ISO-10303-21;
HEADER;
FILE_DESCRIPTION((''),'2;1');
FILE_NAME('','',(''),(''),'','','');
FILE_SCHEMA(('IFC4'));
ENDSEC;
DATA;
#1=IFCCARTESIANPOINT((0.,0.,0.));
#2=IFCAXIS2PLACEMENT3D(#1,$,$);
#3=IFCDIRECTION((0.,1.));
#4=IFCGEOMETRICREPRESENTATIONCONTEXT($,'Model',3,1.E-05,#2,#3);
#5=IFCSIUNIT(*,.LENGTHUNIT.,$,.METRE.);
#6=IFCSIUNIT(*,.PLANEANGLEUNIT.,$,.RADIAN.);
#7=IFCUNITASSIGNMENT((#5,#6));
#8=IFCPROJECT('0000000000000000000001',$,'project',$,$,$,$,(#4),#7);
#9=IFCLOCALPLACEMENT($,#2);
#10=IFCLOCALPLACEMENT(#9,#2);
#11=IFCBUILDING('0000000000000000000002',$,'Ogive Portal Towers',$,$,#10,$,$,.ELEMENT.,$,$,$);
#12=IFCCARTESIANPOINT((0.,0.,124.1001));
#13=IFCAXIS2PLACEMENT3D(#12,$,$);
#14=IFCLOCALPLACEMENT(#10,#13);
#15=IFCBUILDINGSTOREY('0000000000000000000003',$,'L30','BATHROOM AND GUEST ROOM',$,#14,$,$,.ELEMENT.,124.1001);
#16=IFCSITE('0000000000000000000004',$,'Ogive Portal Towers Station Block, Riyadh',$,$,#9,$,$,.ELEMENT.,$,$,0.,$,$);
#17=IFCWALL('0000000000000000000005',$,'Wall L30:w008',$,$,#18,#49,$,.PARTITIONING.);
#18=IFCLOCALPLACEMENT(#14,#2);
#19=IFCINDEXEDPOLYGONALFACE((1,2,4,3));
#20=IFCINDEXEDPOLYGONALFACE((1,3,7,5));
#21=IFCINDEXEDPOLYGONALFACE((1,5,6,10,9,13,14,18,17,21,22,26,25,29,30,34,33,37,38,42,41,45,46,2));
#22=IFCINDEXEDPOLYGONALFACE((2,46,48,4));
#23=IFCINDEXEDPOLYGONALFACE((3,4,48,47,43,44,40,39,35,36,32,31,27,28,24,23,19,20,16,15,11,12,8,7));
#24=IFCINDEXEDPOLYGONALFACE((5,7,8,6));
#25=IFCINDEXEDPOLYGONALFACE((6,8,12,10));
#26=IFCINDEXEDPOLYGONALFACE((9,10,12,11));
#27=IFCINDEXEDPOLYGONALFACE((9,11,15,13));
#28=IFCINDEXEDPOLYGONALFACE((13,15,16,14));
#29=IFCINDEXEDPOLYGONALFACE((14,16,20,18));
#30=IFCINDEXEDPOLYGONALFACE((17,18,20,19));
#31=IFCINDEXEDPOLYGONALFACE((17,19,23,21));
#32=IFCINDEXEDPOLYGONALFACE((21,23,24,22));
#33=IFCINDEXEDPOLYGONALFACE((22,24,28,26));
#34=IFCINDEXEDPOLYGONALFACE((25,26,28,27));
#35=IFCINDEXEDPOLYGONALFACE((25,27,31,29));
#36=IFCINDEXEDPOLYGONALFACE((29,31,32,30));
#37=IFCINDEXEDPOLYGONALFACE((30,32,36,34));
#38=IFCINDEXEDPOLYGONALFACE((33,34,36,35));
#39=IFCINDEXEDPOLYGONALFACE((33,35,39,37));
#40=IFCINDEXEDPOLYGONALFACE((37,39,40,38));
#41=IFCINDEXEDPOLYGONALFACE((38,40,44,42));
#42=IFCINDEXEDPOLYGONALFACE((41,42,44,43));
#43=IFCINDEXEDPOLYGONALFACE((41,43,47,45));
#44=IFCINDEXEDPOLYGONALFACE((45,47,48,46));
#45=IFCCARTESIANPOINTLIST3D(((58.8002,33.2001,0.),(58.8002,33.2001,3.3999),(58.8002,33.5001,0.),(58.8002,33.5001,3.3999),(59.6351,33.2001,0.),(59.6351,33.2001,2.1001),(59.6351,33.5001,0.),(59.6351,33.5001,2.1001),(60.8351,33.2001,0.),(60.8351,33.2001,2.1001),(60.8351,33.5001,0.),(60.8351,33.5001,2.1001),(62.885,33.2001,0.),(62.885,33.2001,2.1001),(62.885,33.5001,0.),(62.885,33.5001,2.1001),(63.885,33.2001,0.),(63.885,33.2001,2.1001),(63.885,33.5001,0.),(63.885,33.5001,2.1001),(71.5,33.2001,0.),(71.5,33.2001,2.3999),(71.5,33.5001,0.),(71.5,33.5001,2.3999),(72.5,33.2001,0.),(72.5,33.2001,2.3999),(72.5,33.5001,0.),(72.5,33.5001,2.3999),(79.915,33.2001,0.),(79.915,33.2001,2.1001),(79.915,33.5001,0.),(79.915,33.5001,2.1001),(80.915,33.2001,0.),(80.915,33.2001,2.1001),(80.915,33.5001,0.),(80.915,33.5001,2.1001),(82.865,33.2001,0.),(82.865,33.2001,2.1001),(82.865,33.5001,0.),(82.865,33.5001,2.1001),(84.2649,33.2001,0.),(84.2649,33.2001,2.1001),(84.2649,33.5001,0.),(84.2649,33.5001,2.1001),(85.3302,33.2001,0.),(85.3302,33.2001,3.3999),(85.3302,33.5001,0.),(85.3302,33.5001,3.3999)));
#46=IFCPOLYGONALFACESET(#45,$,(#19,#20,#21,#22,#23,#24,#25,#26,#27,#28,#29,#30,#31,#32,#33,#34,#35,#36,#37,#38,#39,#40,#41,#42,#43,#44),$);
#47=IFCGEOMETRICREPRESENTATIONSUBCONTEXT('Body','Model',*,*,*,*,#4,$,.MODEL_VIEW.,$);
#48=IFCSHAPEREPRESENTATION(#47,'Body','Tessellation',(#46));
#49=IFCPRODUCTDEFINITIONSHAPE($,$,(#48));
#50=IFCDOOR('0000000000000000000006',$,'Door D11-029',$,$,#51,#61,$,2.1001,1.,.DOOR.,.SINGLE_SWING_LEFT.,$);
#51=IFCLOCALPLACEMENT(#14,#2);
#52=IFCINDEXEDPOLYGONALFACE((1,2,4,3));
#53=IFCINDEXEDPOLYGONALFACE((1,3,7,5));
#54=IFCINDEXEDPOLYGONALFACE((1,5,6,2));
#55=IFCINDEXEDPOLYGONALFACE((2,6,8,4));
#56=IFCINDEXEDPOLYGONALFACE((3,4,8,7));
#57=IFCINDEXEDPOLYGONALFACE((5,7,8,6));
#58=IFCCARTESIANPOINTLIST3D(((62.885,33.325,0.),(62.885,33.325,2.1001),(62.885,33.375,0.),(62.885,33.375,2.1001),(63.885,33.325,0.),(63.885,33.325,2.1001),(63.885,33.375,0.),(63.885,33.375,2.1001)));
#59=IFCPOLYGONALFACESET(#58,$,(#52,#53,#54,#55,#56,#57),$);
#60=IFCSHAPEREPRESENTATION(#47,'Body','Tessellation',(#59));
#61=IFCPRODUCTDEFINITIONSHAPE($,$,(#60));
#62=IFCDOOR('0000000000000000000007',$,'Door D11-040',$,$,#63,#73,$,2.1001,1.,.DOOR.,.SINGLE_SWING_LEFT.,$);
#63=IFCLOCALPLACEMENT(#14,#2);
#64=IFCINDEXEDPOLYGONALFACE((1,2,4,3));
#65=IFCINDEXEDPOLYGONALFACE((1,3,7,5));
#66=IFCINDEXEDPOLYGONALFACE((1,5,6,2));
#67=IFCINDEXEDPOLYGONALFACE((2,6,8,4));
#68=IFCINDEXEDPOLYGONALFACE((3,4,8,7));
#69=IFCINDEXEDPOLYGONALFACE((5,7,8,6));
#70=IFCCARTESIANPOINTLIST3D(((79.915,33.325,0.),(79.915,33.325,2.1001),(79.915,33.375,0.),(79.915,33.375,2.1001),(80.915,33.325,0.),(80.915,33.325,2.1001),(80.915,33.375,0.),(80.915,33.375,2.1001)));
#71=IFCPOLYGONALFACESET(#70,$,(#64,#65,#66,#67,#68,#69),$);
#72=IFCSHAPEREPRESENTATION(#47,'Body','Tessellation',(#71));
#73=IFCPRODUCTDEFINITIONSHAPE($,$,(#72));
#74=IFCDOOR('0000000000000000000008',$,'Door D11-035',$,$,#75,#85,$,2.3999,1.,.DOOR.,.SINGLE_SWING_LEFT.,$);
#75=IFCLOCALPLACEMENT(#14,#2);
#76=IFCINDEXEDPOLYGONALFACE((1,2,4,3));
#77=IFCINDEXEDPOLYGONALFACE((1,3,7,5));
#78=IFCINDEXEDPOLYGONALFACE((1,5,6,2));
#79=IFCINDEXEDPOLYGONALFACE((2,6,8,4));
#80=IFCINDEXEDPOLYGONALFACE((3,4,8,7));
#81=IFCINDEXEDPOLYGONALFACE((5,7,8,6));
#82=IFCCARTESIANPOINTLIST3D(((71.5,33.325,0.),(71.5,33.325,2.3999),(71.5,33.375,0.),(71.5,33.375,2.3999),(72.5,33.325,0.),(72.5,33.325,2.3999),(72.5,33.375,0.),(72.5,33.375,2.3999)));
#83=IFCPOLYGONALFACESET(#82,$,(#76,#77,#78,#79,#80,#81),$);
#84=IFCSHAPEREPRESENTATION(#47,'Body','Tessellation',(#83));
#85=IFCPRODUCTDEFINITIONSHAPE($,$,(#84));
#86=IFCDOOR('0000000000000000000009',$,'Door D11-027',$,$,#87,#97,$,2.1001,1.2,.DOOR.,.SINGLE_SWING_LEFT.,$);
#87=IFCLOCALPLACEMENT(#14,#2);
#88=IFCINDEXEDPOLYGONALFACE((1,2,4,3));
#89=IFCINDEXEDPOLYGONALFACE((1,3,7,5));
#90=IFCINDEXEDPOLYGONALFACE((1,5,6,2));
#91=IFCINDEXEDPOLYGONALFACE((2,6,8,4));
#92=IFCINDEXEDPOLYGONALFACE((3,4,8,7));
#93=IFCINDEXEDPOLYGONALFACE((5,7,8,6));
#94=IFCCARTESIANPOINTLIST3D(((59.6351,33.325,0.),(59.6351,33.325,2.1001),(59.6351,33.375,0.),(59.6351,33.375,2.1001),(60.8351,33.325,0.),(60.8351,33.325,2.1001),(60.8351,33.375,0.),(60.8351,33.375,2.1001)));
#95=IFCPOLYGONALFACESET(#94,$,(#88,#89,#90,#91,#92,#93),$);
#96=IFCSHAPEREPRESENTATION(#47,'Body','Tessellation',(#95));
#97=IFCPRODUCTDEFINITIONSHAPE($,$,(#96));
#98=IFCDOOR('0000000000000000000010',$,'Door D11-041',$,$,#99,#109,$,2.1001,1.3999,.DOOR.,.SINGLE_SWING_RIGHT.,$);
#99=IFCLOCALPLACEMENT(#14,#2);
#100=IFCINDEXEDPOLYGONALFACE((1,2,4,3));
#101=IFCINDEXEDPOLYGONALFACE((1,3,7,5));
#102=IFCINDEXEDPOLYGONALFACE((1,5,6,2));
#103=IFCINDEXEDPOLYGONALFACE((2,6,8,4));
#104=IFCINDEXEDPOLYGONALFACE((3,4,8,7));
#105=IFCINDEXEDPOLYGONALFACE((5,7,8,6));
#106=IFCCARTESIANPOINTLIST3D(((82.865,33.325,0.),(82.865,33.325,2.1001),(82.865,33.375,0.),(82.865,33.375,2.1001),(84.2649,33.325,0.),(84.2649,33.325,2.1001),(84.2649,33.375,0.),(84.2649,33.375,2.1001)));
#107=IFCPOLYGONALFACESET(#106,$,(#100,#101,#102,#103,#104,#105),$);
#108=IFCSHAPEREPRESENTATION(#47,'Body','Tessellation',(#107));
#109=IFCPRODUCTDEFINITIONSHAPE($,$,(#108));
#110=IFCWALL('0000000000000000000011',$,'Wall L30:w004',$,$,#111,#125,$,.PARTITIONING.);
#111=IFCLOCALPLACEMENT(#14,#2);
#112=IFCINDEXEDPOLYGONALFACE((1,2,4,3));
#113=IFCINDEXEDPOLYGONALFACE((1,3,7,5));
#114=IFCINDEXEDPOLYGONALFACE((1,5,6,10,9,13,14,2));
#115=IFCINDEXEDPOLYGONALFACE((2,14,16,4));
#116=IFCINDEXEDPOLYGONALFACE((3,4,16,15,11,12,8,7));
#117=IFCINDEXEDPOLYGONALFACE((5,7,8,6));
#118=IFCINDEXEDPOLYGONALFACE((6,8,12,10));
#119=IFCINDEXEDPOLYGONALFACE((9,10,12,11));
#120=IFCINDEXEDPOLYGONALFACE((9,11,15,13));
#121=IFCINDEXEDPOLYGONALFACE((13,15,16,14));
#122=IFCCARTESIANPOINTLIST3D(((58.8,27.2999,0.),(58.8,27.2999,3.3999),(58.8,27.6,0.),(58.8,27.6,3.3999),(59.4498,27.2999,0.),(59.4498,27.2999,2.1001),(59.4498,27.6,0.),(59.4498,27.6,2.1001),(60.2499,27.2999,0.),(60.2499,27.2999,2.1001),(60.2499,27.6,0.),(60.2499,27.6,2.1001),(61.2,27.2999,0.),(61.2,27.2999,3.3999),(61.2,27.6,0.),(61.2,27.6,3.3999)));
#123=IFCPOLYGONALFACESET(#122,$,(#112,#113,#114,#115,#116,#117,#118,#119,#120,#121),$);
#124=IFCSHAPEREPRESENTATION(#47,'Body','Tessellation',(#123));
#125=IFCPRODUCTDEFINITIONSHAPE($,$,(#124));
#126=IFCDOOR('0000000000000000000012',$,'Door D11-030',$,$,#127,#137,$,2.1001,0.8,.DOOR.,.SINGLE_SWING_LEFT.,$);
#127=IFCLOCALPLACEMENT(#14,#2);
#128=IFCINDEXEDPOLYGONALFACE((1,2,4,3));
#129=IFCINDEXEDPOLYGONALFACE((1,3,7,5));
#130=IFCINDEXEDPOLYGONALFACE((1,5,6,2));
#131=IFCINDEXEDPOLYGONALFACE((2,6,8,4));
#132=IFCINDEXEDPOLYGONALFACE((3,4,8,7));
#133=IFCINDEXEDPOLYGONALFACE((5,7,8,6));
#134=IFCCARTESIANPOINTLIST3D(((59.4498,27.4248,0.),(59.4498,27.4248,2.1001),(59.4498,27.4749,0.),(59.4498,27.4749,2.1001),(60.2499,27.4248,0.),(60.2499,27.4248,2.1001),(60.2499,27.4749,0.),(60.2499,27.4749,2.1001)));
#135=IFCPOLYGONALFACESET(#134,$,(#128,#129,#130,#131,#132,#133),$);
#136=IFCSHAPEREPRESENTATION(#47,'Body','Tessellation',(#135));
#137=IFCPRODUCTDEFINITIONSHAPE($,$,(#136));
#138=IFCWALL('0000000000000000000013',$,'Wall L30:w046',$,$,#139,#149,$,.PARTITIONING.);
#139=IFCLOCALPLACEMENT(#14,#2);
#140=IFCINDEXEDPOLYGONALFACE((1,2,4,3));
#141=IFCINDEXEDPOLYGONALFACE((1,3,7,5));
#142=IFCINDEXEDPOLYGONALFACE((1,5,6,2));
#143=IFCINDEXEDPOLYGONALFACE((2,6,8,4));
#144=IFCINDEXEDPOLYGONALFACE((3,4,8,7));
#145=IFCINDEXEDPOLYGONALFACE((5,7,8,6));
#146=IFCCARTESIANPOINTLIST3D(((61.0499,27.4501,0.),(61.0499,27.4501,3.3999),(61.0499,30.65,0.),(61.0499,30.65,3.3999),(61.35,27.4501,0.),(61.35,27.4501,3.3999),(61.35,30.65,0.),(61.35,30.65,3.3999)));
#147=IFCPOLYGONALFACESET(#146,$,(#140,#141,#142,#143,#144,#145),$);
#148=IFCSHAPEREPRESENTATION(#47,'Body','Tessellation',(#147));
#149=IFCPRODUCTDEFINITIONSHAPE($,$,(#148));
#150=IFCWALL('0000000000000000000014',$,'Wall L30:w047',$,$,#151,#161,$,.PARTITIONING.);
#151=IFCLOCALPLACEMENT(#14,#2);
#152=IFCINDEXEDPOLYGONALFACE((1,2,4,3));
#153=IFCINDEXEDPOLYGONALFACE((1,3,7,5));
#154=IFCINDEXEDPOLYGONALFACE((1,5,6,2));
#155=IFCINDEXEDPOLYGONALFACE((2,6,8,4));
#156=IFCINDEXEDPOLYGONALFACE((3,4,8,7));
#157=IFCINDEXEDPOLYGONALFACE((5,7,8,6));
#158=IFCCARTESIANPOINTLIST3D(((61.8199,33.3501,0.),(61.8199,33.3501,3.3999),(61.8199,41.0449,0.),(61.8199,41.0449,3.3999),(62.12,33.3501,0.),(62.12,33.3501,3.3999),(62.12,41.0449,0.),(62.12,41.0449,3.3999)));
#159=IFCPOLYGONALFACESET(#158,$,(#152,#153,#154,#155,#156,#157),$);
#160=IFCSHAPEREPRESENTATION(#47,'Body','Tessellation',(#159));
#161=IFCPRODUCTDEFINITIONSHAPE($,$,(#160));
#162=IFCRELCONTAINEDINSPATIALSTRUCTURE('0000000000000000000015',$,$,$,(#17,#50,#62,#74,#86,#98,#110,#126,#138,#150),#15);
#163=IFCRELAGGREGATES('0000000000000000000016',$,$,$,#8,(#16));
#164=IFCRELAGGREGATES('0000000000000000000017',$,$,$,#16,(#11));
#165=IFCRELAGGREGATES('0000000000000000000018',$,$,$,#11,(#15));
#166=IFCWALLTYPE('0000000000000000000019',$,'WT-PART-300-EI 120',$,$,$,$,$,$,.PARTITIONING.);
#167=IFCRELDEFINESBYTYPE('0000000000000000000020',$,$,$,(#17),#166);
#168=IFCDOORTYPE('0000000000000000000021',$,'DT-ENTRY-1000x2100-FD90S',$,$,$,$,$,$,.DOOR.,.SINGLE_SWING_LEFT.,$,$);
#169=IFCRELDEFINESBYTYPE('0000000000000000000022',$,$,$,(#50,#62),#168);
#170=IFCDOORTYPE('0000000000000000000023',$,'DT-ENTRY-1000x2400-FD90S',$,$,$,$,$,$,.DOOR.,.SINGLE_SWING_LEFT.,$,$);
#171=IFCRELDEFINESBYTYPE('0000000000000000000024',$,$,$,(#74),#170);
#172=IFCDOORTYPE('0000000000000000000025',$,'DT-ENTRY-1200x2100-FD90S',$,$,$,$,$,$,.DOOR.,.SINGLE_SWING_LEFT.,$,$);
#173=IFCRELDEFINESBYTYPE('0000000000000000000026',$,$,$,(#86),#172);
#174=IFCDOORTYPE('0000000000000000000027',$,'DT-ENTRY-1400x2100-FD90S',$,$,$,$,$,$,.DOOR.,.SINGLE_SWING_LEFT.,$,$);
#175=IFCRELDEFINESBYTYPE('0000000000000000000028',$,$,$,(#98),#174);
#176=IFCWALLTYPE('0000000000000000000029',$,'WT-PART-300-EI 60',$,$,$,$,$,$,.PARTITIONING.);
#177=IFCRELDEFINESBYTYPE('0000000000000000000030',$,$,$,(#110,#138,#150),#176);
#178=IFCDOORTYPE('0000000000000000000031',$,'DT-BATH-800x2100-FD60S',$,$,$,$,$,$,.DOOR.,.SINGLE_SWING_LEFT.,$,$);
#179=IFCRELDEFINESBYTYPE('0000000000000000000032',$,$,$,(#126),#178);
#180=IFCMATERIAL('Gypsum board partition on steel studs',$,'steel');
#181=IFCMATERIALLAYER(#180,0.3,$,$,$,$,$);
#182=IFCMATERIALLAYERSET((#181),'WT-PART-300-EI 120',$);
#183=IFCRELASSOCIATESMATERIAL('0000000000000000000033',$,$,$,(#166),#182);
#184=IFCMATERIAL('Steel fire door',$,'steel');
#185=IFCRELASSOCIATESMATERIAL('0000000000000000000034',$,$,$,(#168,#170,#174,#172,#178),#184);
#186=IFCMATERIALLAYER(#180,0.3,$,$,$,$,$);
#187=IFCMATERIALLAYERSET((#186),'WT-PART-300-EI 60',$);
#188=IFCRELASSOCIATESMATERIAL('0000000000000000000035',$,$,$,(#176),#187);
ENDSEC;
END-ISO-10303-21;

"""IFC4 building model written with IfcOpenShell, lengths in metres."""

from ifc_helpers import new_model, si_unit, direction, frame, frame_2d, origin, place, context, subcontext, project, spatial, rectangle, extrude, material, layer, layer_set, type_object, element, fill, save


model = new_model("IFC4")

# Units and contexts
model_context = context("Model", 3, precision=1e-05, world=origin(), true_north=direction((0.0, 1.0)))
body_context = subcontext(model_context, "Body", "Model", "MODEL_VIEW")
ifc_project = project(units=[si_unit("LENGTHUNIT", "METRE"), si_unit("PLANEANGLEUNIT", "RADIAN")], contexts=[model_context])

# Site, building, storey
site_placement = place(None, origin())
site = spatial("IfcSite", under=ifc_project, at=site_placement, Name="Ogive Portal Towers Station Block, Riyadh", CompositionType="ELEMENT", RefElevation=0.0)
building_placement = place(site_placement, origin())
building = spatial("IfcBuilding", under=site, at=building_placement, Name="Ogive Portal Towers", CompositionType="ELEMENT")
storey_placement = place(building_placement, frame((0.0, 0.0, 124.1001)))
storey = spatial("IfcBuildingStorey", under=building, at=storey_placement, Name="L30", Description="BATHROOM AND GUEST ROOM", CompositionType="ELEMENT", Elevation=124.1001)

# Wall, openings, doors
ifc_material_1 = material(Name="Gypsum board partition on steel studs", Category="steel")
ifc_layer_1 = layer(ifc_material_1, 0.3)
ifc_layer_set_1 = layer_set([ifc_layer_1], Name="WT-PART-300-EI 120")
wall_type_1 = type_object("IfcWallType", Name="WT-PART-300-EI 120", PredefinedType="PARTITIONING", material=ifc_layer_set_1)
ifc_material_2 = material(Name="Steel fire door", Category="steel")
door_type_1 = type_object("IfcDoorType", Name="DT-ENTRY-1000x2100-FD90S", OperationType="SINGLE_SWING_LEFT", PredefinedType="DOOR", material=ifc_material_2)
door_type_2 = type_object("IfcDoorType", Name="DT-ENTRY-1000x2400-FD90S", OperationType="SINGLE_SWING_LEFT", PredefinedType="DOOR", material=ifc_material_2)
door_type_3 = type_object("IfcDoorType", Name="DT-ENTRY-1400x2100-FD90S", OperationType="SINGLE_SWING_LEFT", PredefinedType="DOOR", material=ifc_material_2)
wall_1_placement = place(storey_placement, frame((58.8, 33.3501, 0.0), z_axis=(0.0, 0.0, 1.0), x_axis=(1.0, 0.0, 0.0)))
wall_1 = element("IfcWall", 1, at=wall_1_placement, inside=storey, type_object=wall_type_1, Name="Wall L30:w008", PredefinedType="PARTITIONING", context=body_context, shape_type="SweptSolid", body=[
    extrude(rectangle(XDim=26.53, YDim=0.3, at=frame_2d((13.2651, 0.0))), origin(), (0.0, 0.0, 1.0), 3.3999),
])
opening_1_placement = place(wall_1_placement, frame((0.835, 0.0, 0.0)))
opening_1 = element("IfcOpeningElement", 2, at=opening_1_placement, cuts=wall_1, PredefinedType="OPENING", context=body_context, shape_type="SweptSolid", body=[
    extrude(rectangle(XDim=1.2, YDim=2.1001, at=frame_2d((0.6001, 1.05))), frame((0.0, 0.1602, 0.0), z_axis=(0.0, -1.0, 0.0), x_axis=(1.0, 0.0, 0.0)), (0.0, 0.0, 1.0), 0.3201),
])
opening_2_placement = place(wall_1_placement, frame((4.085, 0.0, 0.0)))
opening_2 = element("IfcOpeningElement", 3, at=opening_2_placement, cuts=wall_1, PredefinedType="OPENING", context=body_context, shape_type="SweptSolid", body=[
    extrude(rectangle(XDim=1.0, YDim=2.1001, at=frame_2d((0.5, 1.05))), frame((0.0, 0.1602, 0.0), z_axis=(0.0, -1.0, 0.0), x_axis=(1.0, 0.0, 0.0)), (0.0, 0.0, 1.0), 0.3201),
])
opening_3_placement = place(wall_1_placement, frame((12.7, 0.0, 0.0)))
opening_3 = element("IfcOpeningElement", 4, at=opening_3_placement, cuts=wall_1, PredefinedType="OPENING", context=body_context, shape_type="SweptSolid", body=[
    extrude(rectangle(XDim=1.0, YDim=2.3999, at=frame_2d((0.5, 1.2))), frame((0.0, 0.1602, 0.0), z_axis=(0.0, -1.0, 0.0), x_axis=(1.0, 0.0, 0.0)), (0.0, 0.0, 1.0), 0.3201),
])
opening_4_placement = place(wall_1_placement, frame((21.115, 0.0, 0.0)))
opening_4 = element("IfcOpeningElement", 5, at=opening_4_placement, cuts=wall_1, PredefinedType="OPENING", context=body_context, shape_type="SweptSolid", body=[
    extrude(rectangle(XDim=1.0, YDim=2.1001, at=frame_2d((0.5, 1.05))), frame((0.0, 0.1602, 0.0), z_axis=(0.0, -1.0, 0.0), x_axis=(1.0, 0.0, 0.0)), (0.0, 0.0, 1.0), 0.3201),
])
opening_5_placement = place(wall_1_placement, frame((24.0649, 0.0, 0.0)))
opening_5 = element("IfcOpeningElement", 6, at=opening_5_placement, cuts=wall_1, PredefinedType="OPENING", context=body_context, shape_type="SweptSolid", body=[
    extrude(rectangle(XDim=1.3999, YDim=2.1001, at=frame_2d((0.7, 1.05))), frame((0.0, 0.1602, 0.0), z_axis=(0.0, -1.0, 0.0), x_axis=(1.0, 0.0, 0.0)), (0.0, 0.0, 1.0), 0.3201),
])
door_1_placement = place(opening_2_placement, origin())
door_1 = element("IfcDoor", 7, at=door_1_placement, inside=storey, type_object=door_type_1, Name="Door D11-029", OperationType="SINGLE_SWING_LEFT", OverallHeight=2.1001, OverallWidth=1.0, PredefinedType="DOOR", context=body_context, shape_type="SweptSolid", body=[
    extrude(rectangle(XDim=1.0, YDim=2.1001, at=frame_2d((0.5, 1.05))), frame((0.0, 0.0249, 0.0), z_axis=(0.0, -1.0, 0.0), x_axis=(1.0, 0.0, 0.0)), (0.0, 0.0, 1.0), 0.05),
])
fill(opening_2, door_1)
door_2_placement = place(opening_4_placement, origin())
door_2 = element("IfcDoor", 8, at=door_2_placement, inside=storey, type_object=door_type_1, Name="Door D11-040", OperationType="SINGLE_SWING_LEFT", OverallHeight=2.1001, OverallWidth=1.0, PredefinedType="DOOR", context=body_context, shape_type="SweptSolid", body=[
    extrude(rectangle(XDim=1.0, YDim=2.1001, at=frame_2d((0.5, 1.05))), frame((0.0, 0.0249, 0.0), z_axis=(0.0, -1.0, 0.0), x_axis=(1.0, 0.0, 0.0)), (0.0, 0.0, 1.0), 0.05),
])
fill(opening_4, door_2)
door_3_placement = place(opening_3_placement, origin())
door_3 = element("IfcDoor", 9, at=door_3_placement, inside=storey, type_object=door_type_2, Name="Door D11-035", OperationType="SINGLE_SWING_LEFT", OverallHeight=2.3999, OverallWidth=1.0, PredefinedType="DOOR", context=body_context, shape_type="SweptSolid", body=[
    extrude(rectangle(XDim=1.0, YDim=2.3999, at=frame_2d((0.5, 1.2))), frame((0.0, 0.0249, 0.0), z_axis=(0.0, -1.0, 0.0), x_axis=(1.0, 0.0, 0.0)), (0.0, 0.0, 1.0), 0.05),
])
fill(opening_3, door_3)
door_type_4 = type_object("IfcDoorType", Name="DT-ENTRY-1200x2100-FD90S", OperationType="SINGLE_SWING_LEFT", PredefinedType="DOOR", material=ifc_material_2)
door_4_placement = place(opening_1_placement, origin())
door_4 = element("IfcDoor", 10, at=door_4_placement, inside=storey, type_object=door_type_4, Name="Door D11-027", OperationType="SINGLE_SWING_LEFT", OverallHeight=2.1001, OverallWidth=1.2, PredefinedType="DOOR", context=body_context, shape_type="SweptSolid", body=[
    extrude(rectangle(XDim=1.2, YDim=2.1001, at=frame_2d((0.6001, 1.05))), frame((0.0, 0.0249, 0.0), z_axis=(0.0, -1.0, 0.0), x_axis=(1.0, 0.0, 0.0)), (0.0, 0.0, 1.0), 0.05),
])
fill(opening_1, door_4)
door_5_placement = place(opening_5_placement, origin())
door_5 = element("IfcDoor", 11, at=door_5_placement, inside=storey, type_object=door_type_3, Name="Door D11-041", OperationType="SINGLE_SWING_RIGHT", OverallHeight=2.1001, OverallWidth=1.3999, PredefinedType="DOOR", context=body_context, shape_type="SweptSolid", body=[
    extrude(rectangle(XDim=1.3999, YDim=2.1001, at=frame_2d((0.7, 1.05))), frame((0.0, 0.0249, 0.0), z_axis=(0.0, -1.0, 0.0), x_axis=(1.0, 0.0, 0.0)), (0.0, 0.0, 1.0), 0.05),
])
fill(opening_5, door_5)

# Wall, opening, door
ifc_layer_2 = layer(ifc_material_1, 0.3)
ifc_layer_set_2 = layer_set([ifc_layer_2], Name="WT-PART-300-EI 60")
wall_type_2 = type_object("IfcWallType", Name="WT-PART-300-EI 60", PredefinedType="PARTITIONING", material=ifc_layer_set_2)
wall_2_placement = place(storey_placement, frame((58.8, 27.45, 0.0), z_axis=(0.0, 0.0, 1.0), x_axis=(1.0, 0.0, 0.0)))
wall_2 = element("IfcWall", 12, at=wall_2_placement, inside=storey, type_object=wall_type_2, Name="Wall L30:w004", PredefinedType="PARTITIONING", context=body_context, shape_type="SweptSolid", body=[
    extrude(rectangle(XDim=2.3999, YDim=0.3, at=frame_2d((1.2, 0.0))), origin(), (0.0, 0.0, 1.0), 3.3999),
])
opening_6_placement = place(wall_2_placement, frame((0.6499, 0.0, 0.0)))
opening_6 = element("IfcOpeningElement", 13, at=opening_6_placement, cuts=wall_2, PredefinedType="OPENING", context=body_context, shape_type="SweptSolid", body=[
    extrude(rectangle(XDim=0.8, YDim=2.1001, at=frame_2d((0.3999, 1.05))), frame((0.0, 0.1602, 0.0), z_axis=(0.0, -1.0, 0.0), x_axis=(1.0, 0.0, 0.0)), (0.0, 0.0, 1.0), 0.3201),
])
door_type_5 = type_object("IfcDoorType", Name="DT-BATH-800x2100-FD60S", OperationType="SINGLE_SWING_LEFT", PredefinedType="DOOR", material=ifc_material_2)
door_6_placement = place(opening_6_placement, origin())
door_6 = element("IfcDoor", 14, at=door_6_placement, inside=storey, type_object=door_type_5, Name="Door D11-030", OperationType="SINGLE_SWING_LEFT", OverallHeight=2.1001, OverallWidth=0.8, PredefinedType="DOOR", context=body_context, shape_type="SweptSolid", body=[
    extrude(rectangle(XDim=0.8, YDim=2.1001, at=frame_2d((0.3999, 1.05))), frame((0.0, 0.0249, 0.0), z_axis=(0.0, -1.0, 0.0), x_axis=(1.0, 0.0, 0.0)), (0.0, 0.0, 1.0), 0.05),
])
fill(opening_6, door_6)

# Walls
wall_3_placement = place(storey_placement, frame((61.2, 27.45, 0.0), z_axis=(0.0, 0.0, 1.0), x_axis=(0.0, 1.0, 0.0)))
element("IfcWall", 15, at=wall_3_placement, inside=storey, type_object=wall_type_2, Name="Wall L30:w046", PredefinedType="PARTITIONING", context=body_context, shape_type="SweptSolid", body=[
    extrude(rectangle(XDim=3.2, YDim=0.3, at=frame_2d((1.6001, 0.0))), origin(), (0.0, 0.0, 1.0), 3.3999),
])
wall_4_placement = place(storey_placement, frame((61.97, 33.3501, 0.0), z_axis=(0.0, 0.0, 1.0), x_axis=(0.0, 1.0, 0.0)))
element("IfcWall", 16, at=wall_4_placement, inside=storey, type_object=wall_type_2, Name="Wall L30:w047", PredefinedType="PARTITIONING", context=body_context, shape_type="SweptSolid", body=[
    extrude(rectangle(XDim=7.6948, YDim=0.3, at=frame_2d((3.8474, 0.0))), origin(), (0.0, 0.0, 1.0), 3.3999),
])

save(model, "model.ifc")
